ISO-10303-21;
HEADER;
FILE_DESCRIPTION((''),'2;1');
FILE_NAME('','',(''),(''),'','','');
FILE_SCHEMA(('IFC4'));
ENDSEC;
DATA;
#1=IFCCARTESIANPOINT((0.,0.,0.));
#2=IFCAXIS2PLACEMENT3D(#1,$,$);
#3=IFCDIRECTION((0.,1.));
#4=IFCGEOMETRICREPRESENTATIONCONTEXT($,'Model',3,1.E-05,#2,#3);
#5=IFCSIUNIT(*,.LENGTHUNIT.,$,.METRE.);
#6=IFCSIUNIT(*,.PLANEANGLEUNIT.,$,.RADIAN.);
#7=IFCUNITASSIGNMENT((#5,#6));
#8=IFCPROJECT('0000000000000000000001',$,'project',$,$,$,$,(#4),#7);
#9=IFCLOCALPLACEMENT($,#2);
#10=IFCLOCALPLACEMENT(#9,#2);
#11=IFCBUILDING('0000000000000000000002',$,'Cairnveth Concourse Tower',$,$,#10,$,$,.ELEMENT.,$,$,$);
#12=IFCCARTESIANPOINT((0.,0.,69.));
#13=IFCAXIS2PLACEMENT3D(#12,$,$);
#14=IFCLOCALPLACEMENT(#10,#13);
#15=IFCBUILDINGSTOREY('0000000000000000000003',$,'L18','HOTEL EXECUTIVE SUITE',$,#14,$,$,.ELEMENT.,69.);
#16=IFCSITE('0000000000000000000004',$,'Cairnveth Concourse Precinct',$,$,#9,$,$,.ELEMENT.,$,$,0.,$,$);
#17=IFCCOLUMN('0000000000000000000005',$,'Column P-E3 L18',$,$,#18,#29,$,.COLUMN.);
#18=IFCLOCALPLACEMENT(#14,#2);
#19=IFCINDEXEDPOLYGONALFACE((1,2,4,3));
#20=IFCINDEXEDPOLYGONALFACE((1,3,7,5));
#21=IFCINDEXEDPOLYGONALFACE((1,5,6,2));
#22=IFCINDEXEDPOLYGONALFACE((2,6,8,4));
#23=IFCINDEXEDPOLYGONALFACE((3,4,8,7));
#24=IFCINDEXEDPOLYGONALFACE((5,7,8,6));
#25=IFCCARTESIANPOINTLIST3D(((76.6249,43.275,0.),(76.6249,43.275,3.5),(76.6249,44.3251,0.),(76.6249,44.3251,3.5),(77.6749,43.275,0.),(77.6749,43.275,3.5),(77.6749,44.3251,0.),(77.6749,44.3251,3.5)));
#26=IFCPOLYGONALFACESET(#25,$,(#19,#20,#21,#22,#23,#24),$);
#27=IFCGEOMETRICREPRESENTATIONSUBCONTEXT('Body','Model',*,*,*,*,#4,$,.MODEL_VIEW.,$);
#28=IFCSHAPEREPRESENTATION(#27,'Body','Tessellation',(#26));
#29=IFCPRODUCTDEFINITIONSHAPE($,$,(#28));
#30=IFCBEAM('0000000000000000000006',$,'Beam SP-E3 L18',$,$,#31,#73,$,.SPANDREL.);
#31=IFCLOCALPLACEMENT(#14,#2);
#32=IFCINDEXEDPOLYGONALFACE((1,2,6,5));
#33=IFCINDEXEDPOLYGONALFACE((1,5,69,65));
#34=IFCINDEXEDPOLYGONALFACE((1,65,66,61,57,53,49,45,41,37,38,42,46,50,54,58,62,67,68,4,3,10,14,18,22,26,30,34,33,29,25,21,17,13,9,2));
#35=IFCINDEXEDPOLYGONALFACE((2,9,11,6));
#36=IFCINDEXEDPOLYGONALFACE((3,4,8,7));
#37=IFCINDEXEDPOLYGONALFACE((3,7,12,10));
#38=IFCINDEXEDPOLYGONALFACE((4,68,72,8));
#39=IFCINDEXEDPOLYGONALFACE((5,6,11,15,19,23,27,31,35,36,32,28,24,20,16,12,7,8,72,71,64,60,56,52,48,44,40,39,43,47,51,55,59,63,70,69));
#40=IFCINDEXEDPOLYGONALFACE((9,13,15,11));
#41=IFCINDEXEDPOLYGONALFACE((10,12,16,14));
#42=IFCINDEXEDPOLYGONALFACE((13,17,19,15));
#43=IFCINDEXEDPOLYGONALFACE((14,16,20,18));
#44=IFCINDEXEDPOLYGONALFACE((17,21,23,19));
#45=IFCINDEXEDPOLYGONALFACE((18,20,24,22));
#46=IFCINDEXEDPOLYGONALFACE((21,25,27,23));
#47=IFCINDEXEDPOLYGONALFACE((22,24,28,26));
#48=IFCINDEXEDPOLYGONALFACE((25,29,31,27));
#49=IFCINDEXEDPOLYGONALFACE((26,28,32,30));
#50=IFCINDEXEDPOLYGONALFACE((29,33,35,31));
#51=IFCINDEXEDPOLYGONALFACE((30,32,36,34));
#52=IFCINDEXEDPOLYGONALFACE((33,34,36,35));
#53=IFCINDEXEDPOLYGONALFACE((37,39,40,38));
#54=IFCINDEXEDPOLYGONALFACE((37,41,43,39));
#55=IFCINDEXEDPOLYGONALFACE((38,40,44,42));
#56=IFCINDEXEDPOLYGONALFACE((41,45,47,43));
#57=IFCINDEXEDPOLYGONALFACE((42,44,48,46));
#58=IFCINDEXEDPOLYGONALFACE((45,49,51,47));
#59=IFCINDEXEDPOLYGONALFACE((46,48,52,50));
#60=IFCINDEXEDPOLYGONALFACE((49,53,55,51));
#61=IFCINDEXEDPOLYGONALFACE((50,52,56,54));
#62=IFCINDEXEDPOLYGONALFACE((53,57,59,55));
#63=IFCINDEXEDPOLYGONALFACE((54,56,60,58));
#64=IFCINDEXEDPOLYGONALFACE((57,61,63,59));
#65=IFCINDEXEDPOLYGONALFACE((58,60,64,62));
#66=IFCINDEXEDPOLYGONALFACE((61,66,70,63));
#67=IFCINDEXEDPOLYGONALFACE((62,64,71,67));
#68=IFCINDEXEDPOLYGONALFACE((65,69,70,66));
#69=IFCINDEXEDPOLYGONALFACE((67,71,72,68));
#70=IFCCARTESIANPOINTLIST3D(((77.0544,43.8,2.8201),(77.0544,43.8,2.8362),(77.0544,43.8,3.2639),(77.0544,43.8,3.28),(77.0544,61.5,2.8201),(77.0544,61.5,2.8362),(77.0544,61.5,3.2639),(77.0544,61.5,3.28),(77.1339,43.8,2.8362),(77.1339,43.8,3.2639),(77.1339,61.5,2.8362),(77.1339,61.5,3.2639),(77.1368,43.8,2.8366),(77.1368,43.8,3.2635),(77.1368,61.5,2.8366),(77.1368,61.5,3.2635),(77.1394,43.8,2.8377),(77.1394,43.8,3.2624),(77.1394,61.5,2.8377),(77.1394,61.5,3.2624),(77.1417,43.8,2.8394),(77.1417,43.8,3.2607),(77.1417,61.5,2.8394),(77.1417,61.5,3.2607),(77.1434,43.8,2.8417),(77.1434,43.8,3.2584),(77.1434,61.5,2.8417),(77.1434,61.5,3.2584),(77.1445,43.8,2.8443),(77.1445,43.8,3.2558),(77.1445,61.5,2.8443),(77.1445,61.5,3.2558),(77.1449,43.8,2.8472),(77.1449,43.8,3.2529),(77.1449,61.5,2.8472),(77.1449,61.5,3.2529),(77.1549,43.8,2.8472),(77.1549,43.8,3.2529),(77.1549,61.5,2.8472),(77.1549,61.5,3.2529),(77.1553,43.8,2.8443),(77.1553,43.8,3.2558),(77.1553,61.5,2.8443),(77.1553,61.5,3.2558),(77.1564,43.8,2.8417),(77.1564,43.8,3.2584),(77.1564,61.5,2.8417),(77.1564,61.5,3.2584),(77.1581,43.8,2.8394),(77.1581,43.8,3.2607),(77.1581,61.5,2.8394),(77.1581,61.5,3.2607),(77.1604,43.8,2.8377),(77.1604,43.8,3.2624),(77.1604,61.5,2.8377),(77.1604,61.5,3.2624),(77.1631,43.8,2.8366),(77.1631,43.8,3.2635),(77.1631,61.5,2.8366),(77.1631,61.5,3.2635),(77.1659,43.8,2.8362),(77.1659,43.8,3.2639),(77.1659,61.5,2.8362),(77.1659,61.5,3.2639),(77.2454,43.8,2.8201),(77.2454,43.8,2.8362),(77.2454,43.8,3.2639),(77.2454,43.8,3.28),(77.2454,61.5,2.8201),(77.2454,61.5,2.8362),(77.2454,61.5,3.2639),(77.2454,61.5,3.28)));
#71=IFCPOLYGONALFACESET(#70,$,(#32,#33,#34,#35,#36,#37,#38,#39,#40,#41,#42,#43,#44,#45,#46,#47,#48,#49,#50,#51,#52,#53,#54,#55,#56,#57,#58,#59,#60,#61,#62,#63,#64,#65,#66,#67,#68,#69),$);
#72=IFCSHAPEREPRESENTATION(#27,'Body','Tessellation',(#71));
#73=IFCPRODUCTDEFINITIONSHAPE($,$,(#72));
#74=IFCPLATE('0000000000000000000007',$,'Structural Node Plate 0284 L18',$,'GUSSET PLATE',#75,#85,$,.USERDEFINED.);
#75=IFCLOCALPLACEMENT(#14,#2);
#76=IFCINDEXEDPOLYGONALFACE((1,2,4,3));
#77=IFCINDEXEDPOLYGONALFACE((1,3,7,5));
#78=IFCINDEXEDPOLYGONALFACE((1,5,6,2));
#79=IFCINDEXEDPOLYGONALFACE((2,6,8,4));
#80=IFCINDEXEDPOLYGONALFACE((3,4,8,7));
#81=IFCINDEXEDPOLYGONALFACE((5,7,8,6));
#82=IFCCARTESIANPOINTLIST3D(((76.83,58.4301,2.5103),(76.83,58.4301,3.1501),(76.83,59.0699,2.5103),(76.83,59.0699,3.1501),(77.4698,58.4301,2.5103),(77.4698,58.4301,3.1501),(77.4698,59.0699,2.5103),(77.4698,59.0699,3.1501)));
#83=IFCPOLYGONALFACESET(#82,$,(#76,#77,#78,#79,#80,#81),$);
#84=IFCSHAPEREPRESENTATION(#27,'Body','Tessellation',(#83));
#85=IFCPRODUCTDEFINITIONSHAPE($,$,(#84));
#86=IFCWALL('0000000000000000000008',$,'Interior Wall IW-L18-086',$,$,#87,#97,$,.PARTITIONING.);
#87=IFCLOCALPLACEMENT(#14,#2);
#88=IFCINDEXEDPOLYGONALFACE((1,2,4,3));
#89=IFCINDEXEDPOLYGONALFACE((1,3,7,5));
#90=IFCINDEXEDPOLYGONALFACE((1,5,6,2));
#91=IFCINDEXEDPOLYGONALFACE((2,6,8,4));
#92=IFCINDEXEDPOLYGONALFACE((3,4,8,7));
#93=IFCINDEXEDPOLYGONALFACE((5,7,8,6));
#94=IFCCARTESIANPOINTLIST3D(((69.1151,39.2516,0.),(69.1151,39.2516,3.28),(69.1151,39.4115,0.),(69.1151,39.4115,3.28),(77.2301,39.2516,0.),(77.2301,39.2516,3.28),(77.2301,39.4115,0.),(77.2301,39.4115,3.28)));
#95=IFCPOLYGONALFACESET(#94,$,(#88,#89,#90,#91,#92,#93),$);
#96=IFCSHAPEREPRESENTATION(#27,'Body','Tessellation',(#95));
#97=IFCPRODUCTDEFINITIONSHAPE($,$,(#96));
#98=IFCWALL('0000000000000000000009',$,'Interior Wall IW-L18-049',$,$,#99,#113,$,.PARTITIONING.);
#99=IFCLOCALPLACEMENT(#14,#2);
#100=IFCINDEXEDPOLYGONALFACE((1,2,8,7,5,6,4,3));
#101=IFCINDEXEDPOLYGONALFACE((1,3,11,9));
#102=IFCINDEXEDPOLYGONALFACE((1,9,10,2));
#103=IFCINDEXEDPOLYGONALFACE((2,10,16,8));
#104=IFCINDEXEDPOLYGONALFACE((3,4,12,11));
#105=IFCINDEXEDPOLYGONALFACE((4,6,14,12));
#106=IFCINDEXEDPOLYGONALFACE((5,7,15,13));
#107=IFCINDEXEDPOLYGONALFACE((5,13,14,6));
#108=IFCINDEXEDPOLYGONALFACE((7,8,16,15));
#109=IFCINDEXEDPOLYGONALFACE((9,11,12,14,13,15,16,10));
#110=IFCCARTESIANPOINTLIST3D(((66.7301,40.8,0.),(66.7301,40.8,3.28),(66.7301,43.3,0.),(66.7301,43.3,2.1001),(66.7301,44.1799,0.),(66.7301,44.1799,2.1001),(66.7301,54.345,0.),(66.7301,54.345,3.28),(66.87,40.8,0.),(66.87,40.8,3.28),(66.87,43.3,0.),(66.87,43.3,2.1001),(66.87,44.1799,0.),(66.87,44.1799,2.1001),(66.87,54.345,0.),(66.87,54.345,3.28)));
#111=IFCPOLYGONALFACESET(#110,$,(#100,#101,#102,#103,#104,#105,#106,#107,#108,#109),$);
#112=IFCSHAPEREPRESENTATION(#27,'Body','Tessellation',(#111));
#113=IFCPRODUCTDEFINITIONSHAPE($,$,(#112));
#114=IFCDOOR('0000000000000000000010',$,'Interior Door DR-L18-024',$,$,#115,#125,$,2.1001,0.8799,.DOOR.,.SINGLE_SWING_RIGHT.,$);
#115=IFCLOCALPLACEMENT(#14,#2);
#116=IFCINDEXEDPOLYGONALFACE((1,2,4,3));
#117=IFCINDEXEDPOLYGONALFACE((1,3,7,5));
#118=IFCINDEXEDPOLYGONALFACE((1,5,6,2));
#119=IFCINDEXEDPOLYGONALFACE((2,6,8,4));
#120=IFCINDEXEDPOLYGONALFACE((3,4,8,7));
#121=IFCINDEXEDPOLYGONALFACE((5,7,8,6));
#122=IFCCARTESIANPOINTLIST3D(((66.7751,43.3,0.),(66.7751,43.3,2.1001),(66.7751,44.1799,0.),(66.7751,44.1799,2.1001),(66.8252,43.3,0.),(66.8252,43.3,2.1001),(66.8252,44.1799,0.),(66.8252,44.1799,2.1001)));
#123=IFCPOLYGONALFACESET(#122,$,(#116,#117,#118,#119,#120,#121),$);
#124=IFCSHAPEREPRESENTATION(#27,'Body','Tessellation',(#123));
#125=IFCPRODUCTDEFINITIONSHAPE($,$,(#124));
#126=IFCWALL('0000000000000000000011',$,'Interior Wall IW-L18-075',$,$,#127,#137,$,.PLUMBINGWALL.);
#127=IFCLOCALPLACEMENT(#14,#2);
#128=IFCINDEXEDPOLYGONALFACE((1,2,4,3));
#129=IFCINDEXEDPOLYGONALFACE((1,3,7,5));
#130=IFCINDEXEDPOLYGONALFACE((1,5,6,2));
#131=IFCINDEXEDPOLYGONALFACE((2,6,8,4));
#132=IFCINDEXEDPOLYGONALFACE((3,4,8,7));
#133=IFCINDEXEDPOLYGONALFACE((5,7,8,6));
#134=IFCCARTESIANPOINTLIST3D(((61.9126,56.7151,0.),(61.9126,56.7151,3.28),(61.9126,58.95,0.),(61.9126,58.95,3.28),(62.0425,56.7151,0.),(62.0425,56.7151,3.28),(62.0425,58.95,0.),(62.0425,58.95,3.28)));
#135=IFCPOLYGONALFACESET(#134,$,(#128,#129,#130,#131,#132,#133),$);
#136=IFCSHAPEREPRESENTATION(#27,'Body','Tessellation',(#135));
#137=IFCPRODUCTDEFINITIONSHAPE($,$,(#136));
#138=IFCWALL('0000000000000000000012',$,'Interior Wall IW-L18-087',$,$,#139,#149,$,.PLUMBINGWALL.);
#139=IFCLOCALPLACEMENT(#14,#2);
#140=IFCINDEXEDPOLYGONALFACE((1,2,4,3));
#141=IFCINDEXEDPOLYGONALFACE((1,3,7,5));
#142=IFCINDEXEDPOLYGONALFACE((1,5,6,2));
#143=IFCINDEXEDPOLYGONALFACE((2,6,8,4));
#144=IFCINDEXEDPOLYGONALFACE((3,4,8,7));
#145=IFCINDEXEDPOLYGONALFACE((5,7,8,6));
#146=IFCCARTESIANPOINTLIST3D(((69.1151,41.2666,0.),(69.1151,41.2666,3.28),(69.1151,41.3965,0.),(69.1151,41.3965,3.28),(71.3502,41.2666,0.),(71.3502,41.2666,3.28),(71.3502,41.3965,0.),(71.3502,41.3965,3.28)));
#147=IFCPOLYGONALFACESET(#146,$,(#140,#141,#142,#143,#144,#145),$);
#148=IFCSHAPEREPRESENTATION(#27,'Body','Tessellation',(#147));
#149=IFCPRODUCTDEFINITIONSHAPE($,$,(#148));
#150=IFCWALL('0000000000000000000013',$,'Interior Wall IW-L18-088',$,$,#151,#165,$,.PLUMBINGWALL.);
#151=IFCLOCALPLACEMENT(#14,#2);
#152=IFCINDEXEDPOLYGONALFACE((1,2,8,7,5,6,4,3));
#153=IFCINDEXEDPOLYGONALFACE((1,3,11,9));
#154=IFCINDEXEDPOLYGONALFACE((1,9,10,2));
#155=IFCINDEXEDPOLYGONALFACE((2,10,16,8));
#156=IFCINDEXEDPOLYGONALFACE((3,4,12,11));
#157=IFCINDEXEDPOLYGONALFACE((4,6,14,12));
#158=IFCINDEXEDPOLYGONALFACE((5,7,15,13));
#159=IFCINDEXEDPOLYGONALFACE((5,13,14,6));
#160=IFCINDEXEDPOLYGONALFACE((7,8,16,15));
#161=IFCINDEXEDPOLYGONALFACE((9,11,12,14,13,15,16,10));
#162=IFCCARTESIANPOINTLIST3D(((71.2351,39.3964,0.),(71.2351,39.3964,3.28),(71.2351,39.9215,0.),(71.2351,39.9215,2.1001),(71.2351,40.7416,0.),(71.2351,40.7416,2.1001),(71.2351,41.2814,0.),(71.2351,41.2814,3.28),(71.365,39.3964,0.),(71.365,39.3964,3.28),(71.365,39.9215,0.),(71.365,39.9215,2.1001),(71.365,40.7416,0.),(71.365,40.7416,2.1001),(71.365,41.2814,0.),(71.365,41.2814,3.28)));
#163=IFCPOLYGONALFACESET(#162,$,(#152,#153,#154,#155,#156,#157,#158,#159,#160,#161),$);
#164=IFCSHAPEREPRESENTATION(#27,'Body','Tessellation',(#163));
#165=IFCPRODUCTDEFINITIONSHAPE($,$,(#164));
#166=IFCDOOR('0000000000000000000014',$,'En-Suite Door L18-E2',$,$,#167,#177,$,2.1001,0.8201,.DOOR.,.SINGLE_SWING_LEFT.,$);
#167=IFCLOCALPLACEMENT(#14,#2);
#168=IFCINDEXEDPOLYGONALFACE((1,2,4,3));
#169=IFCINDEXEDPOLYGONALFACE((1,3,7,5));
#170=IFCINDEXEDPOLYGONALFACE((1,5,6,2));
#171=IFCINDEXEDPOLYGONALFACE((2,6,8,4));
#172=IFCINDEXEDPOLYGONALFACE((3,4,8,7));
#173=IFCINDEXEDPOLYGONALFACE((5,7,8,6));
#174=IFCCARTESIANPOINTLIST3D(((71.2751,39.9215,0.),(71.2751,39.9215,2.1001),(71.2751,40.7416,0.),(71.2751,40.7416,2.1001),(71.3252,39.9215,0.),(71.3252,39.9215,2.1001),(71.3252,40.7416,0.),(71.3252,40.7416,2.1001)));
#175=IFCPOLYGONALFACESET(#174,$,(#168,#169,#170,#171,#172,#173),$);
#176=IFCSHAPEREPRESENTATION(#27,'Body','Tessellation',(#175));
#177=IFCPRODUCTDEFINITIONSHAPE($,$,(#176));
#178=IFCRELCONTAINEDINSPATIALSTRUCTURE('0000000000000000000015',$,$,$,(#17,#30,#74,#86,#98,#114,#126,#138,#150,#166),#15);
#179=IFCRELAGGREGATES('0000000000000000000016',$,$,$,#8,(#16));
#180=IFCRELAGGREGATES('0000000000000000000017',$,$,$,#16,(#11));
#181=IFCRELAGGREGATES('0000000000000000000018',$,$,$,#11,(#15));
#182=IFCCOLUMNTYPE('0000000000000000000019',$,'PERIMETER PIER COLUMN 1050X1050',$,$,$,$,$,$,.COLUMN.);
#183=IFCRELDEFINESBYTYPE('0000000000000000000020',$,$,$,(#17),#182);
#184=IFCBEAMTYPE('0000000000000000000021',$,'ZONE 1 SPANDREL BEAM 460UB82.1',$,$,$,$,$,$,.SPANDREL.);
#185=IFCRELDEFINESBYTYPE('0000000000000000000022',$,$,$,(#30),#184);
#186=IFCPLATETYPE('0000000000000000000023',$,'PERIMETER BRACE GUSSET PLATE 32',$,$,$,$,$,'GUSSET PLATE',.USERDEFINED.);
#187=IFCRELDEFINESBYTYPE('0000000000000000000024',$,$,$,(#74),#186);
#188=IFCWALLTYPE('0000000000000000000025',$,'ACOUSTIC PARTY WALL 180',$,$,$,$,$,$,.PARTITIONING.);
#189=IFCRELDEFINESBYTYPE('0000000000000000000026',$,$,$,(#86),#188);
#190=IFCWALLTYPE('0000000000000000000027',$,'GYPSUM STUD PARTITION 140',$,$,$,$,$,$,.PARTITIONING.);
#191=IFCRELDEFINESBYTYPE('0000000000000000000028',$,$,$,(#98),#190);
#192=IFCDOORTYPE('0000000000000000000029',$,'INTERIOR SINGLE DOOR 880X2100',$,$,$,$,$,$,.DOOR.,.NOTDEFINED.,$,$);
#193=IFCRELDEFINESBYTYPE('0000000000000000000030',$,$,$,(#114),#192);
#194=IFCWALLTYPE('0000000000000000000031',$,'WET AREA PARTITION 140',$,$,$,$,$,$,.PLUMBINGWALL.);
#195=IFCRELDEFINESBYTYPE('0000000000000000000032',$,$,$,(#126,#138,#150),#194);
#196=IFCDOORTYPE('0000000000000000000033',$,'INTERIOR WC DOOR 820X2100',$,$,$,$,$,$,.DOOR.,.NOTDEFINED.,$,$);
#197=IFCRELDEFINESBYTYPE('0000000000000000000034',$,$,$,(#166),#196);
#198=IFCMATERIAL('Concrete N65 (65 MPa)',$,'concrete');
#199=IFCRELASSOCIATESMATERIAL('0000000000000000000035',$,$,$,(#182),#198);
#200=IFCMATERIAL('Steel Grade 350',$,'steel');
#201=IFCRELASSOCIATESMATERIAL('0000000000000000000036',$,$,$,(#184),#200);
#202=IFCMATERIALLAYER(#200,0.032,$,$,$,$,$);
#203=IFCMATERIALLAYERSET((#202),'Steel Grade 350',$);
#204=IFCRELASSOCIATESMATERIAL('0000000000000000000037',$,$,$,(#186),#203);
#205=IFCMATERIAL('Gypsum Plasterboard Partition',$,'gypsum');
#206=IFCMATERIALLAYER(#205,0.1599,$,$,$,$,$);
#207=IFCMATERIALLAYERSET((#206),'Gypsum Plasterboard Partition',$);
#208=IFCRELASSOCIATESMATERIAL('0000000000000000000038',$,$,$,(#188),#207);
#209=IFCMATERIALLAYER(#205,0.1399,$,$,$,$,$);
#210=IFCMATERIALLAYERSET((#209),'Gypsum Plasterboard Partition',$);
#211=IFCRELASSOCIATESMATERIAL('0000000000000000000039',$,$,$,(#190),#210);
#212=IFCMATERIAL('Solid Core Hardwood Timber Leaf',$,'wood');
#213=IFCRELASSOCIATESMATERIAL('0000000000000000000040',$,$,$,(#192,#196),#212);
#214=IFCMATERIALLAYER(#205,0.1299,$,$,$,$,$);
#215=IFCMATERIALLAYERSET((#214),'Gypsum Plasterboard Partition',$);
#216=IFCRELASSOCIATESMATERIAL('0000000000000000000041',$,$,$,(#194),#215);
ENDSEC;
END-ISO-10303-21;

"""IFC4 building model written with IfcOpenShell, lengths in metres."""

from ifc_helpers import new_model, si_unit, direction, frame, frame_2d, origin, origin_2d, place, context, subcontext, project, spatial, rectangle, i_section, extrude, material, layer, layer_set, material_profile, profile_set, type_object, element, fill, save


model = new_model("IFC4")

# Units and contexts
model_context = context("Model", 3, precision=1e-05, world=origin(), true_north=direction((0.0, 1.0)))
body_context = subcontext(model_context, "Body", "Model", "MODEL_VIEW")
ifc_project = project(units=[si_unit("LENGTHUNIT", "METRE"), si_unit("PLANEANGLEUNIT", "RADIAN")], contexts=[model_context])

# Site, building, storey
site_placement = place(None, origin())
site = spatial("IfcSite", under=ifc_project, at=site_placement, Name="Cairnveth Concourse Precinct", CompositionType="ELEMENT", RefElevation=0.0)
building_placement = place(site_placement, origin())
building = spatial("IfcBuilding", under=site, at=building_placement, Name="Cairnveth Concourse Tower", CompositionType="ELEMENT")
storey_placement = place(building_placement, frame((0.0, 0.0, 69.0)))
storey = spatial("IfcBuildingStorey", under=building, at=storey_placement, Name="L18", Description="HOTEL EXECUTIVE SUITE", CompositionType="ELEMENT", Elevation=69.0)

# Column
ifc_material_1 = material(Name="Concrete N65 (65 MPa)", Category="concrete")
ifc_material_profile_1 = material_profile(ifc_material_1, rectangle(XDim=1.05, YDim=1.05, at=origin_2d()), Name="RC-COL-1050x1050")
ifc_profile_set_1 = profile_set([ifc_material_profile_1], Name="Concrete N65 (65 MPa)")
column_type = type_object("IfcColumnType", Name="PERIMETER PIER COLUMN 1050X1050", PredefinedType="COLUMN", material=ifc_profile_set_1)
column_placement = place(storey_placement, frame((77.1499, 43.8, 0.0), z_axis=(0.0, 0.0, 1.0), x_axis=(0.0, 1.0, 0.0)))
element("IfcColumn", 1, at=column_placement, inside=storey, type_object=column_type, Name="Column P-E3 L18", PredefinedType="COLUMN", context=body_context, shape_type="SweptSolid", body=[
    extrude(rectangle(XDim=1.05, YDim=1.05, at=origin_2d()), origin(), (0.0, 0.0, 1.0), 3.5),
])

# Beam
ifc_material_2 = material(Name="Steel Grade 350", Category="steel")
ifc_material_profile_2 = material_profile(ifc_material_2, i_section(OverallWidth=0.1909, OverallDepth=0.46, WebThickness=0.01, FlangeThickness=0.0161, FilletRadius=0.011, at=origin_2d()), Name="460UB82.1")
ifc_profile_set_2 = profile_set([ifc_material_profile_2], Name="Steel Grade 350")
beam_type = type_object("IfcBeamType", Name="ZONE 1 SPANDREL BEAM 460UB82.1", PredefinedType="SPANDREL", material=ifc_profile_set_2)
beam_placement = place(storey_placement, frame((77.1499, 43.8, 3.05), z_axis=(0.0, 1.0, 0.0), x_axis=(-1.0, 0.0, 0.0)))
element("IfcBeam", 2, at=beam_placement, inside=storey, type_object=beam_type, Name="Beam SP-E3 L18", PredefinedType="SPANDREL", context=body_context, shape_type="SweptSolid", body=[
    extrude(i_section(OverallWidth=0.1909, OverallDepth=0.46, WebThickness=0.01, FlangeThickness=0.0161, FilletRadius=0.011, at=origin_2d()), origin(), (0.0, 0.0, 1.0), 17.7),
])

# Plate
ifc_layer_1 = layer(ifc_material_2, 0.032)
ifc_layer_set_1 = layer_set([ifc_layer_1], Name="Steel Grade 350")
plate_type = type_object("IfcPlateType", Name="PERIMETER BRACE GUSSET PLATE 32", ElementType="GUSSET PLATE", PredefinedType="USERDEFINED", material=ifc_layer_set_1)
plate_placement = place(storey_placement, frame((77.1499, 58.75, 2.5103), z_axis=(0.0, 0.0, 1.0), x_axis=(1.0, 0.0, 0.0)))
element("IfcPlate", 3, at=plate_placement, inside=storey, type_object=plate_type, Name="Structural Node Plate 0284 L18", ObjectType="GUSSET PLATE", PredefinedType="USERDEFINED", context=body_context, shape_type="SweptSolid", body=[
    extrude(rectangle(XDim=0.6399, YDim=0.6399, at=origin_2d()), origin(), (0.0, 0.0, 1.0), 0.6399),
])

# Wall
ifc_material_3 = material(Name="Gypsum Plasterboard Partition", Category="gypsum")
ifc_layer_2 = layer(ifc_material_3, 0.1599)
ifc_layer_set_2 = layer_set([ifc_layer_2], Name="Gypsum Plasterboard Partition")
wall_type_1 = type_object("IfcWallType", Name="ACOUSTIC PARTY WALL 180", PredefinedType="PARTITIONING", material=ifc_layer_set_2)
wall_1_placement = place(storey_placement, frame((69.115, 39.3315, 0.0), z_axis=(0.0, 0.0, 1.0), x_axis=(1.0, 0.0, 0.0)))
element("IfcWall", 4, at=wall_1_placement, inside=storey, type_object=wall_type_1, Name="Interior Wall IW-L18-086", PredefinedType="PARTITIONING", context=body_context, shape_type="SweptSolid", body=[
    extrude(rectangle(XDim=8.115, YDim=0.1599, at=frame_2d((4.0576, 0.0))), origin(), (0.0, 0.0, 1.0), 3.28),
])

# Wall, opening, door
ifc_layer_3 = layer(ifc_material_3, 0.1399)
ifc_layer_set_3 = layer_set([ifc_layer_3], Name="Gypsum Plasterboard Partition")
wall_type_2 = type_object("IfcWallType", Name="GYPSUM STUD PARTITION 140", PredefinedType="PARTITIONING", material=ifc_layer_set_3)
wall_2_placement = place(storey_placement, frame((66.8, 40.8, 0.0), z_axis=(0.0, 0.0, 1.0), x_axis=(0.0, 1.0, 0.0)))
wall_2 = element("IfcWall", 5, at=wall_2_placement, inside=storey, type_object=wall_type_2, Name="Interior Wall IW-L18-049", PredefinedType="PARTITIONING", context=body_context, shape_type="SweptSolid", body=[
    extrude(rectangle(XDim=13.5449, YDim=0.1399, at=frame_2d((6.7725, 0.0))), origin(), (0.0, 0.0, 1.0), 3.28),
])
opening_1_placement = place(wall_2_placement, frame((2.5, 0.0, 0.0)))
opening_1 = element("IfcOpeningElement", 6, at=opening_1_placement, cuts=wall_2, PredefinedType="OPENING", context=body_context, shape_type="SweptSolid", body=[
    extrude(rectangle(XDim=0.8799, YDim=2.1001, at=frame_2d((0.4399, 1.05))), frame((0.0, 0.0798, 0.0), z_axis=(0.0, -1.0, 0.0), x_axis=(1.0, 0.0, 0.0)), (0.0, 0.0, 1.0), 0.1599),
])
ifc_material_4 = material(Name="Solid Core Hardwood Timber Leaf", Category="wood")
door_type_1 = type_object("IfcDoorType", Name="INTERIOR SINGLE DOOR 880X2100", OperationType="NOTDEFINED", PredefinedType="DOOR", material=ifc_material_4)
door_1_placement = place(opening_1_placement, origin())
door_1 = element("IfcDoor", 7, at=door_1_placement, inside=storey, type_object=door_type_1, Name="Interior Door DR-L18-024", OperationType="SINGLE_SWING_RIGHT", OverallHeight=2.1001, OverallWidth=0.8799, PredefinedType="DOOR", context=body_context, shape_type="SweptSolid", body=[
    extrude(rectangle(XDim=0.8799, YDim=2.1001, at=frame_2d((0.4399, 1.05))), frame((0.0, 0.0249, 0.0), z_axis=(0.0, -1.0, 0.0), x_axis=(1.0, 0.0, 0.0)), (0.0, 0.0, 1.0), 0.05),
])
fill(opening_1, door_1)

# Walls
ifc_layer_4 = layer(ifc_material_3, 0.1299)
ifc_layer_set_4 = layer_set([ifc_layer_4], Name="Gypsum Plasterboard Partition")
wall_type_3 = type_object("IfcWallType", Name="WET AREA PARTITION 140", PredefinedType="PLUMBINGWALL", material=ifc_layer_set_4)
wall_3_placement = place(storey_placement, frame((61.9775, 56.7151, 0.0), z_axis=(0.0, 0.0, 1.0), x_axis=(0.0, 1.0, 0.0)))
element("IfcWall", 8, at=wall_3_placement, inside=storey, type_object=wall_type_3, Name="Interior Wall IW-L18-075", PredefinedType="PLUMBINGWALL", context=body_context, shape_type="SweptSolid", body=[
    extrude(rectangle(XDim=2.2349, YDim=0.1299, at=frame_2d((1.1174, 0.0))), origin(), (0.0, 0.0, 1.0), 3.28),
])
wall_4_placement = place(storey_placement, frame((69.115, 41.3315, 0.0), z_axis=(0.0, 0.0, 1.0), x_axis=(1.0, 0.0, 0.0)))
element("IfcWall", 9, at=wall_4_placement, inside=storey, type_object=wall_type_3, Name="Interior Wall IW-L18-087", PredefinedType="PLUMBINGWALL", context=body_context, shape_type="SweptSolid", body=[
    extrude(rectangle(XDim=2.2351, YDim=0.1299, at=frame_2d((1.1177, 0.0))), origin(), (0.0, 0.0, 1.0), 3.28),
])

# Wall, opening, door
wall_5_placement = place(storey_placement, frame((71.3, 39.3965, 0.0), z_axis=(0.0, 0.0, 1.0), x_axis=(0.0, 1.0, 0.0)))
wall_5 = element("IfcWall", 10, at=wall_5_placement, inside=storey, type_object=wall_type_3, Name="Interior Wall IW-L18-088", PredefinedType="PLUMBINGWALL", context=body_context, shape_type="SweptSolid", body=[
    extrude(rectangle(XDim=1.885, YDim=0.1299, at=frame_2d((0.9424, 0.0))), origin(), (0.0, 0.0, 1.0), 3.28),
])
opening_2_placement = place(wall_5_placement, frame((0.5249, 0.0, 0.0)))
opening_2 = element("IfcOpeningElement", 11, at=opening_2_placement, cuts=wall_5, PredefinedType="OPENING", context=body_context, shape_type="SweptSolid", body=[
    extrude(rectangle(XDim=0.8201, YDim=2.1001, at=frame_2d((0.4102, 1.05))), frame((0.0, 0.075, 0.0), z_axis=(0.0, -1.0, 0.0), x_axis=(1.0, 0.0, 0.0)), (0.0, 0.0, 1.0), 0.1499),
])
door_type_2 = type_object("IfcDoorType", Name="INTERIOR WC DOOR 820X2100", OperationType="NOTDEFINED", PredefinedType="DOOR", material=ifc_material_4)
door_2_placement = place(opening_2_placement, origin())
door_2 = element("IfcDoor", 12, at=door_2_placement, inside=storey, type_object=door_type_2, Name="En-Suite Door L18-E2", OperationType="SINGLE_SWING_LEFT", OverallHeight=2.1001, OverallWidth=0.8201, PredefinedType="DOOR", context=body_context, shape_type="SweptSolid", body=[
    extrude(rectangle(XDim=0.8201, YDim=2.1001, at=frame_2d((0.4102, 1.05))), frame((0.0, 0.0249, 0.0), z_axis=(0.0, -1.0, 0.0), x_axis=(1.0, 0.0, 0.0)), (0.0, 0.0, 1.0), 0.05),
])
fill(opening_2, door_2)

save(model, "model.ifc")
